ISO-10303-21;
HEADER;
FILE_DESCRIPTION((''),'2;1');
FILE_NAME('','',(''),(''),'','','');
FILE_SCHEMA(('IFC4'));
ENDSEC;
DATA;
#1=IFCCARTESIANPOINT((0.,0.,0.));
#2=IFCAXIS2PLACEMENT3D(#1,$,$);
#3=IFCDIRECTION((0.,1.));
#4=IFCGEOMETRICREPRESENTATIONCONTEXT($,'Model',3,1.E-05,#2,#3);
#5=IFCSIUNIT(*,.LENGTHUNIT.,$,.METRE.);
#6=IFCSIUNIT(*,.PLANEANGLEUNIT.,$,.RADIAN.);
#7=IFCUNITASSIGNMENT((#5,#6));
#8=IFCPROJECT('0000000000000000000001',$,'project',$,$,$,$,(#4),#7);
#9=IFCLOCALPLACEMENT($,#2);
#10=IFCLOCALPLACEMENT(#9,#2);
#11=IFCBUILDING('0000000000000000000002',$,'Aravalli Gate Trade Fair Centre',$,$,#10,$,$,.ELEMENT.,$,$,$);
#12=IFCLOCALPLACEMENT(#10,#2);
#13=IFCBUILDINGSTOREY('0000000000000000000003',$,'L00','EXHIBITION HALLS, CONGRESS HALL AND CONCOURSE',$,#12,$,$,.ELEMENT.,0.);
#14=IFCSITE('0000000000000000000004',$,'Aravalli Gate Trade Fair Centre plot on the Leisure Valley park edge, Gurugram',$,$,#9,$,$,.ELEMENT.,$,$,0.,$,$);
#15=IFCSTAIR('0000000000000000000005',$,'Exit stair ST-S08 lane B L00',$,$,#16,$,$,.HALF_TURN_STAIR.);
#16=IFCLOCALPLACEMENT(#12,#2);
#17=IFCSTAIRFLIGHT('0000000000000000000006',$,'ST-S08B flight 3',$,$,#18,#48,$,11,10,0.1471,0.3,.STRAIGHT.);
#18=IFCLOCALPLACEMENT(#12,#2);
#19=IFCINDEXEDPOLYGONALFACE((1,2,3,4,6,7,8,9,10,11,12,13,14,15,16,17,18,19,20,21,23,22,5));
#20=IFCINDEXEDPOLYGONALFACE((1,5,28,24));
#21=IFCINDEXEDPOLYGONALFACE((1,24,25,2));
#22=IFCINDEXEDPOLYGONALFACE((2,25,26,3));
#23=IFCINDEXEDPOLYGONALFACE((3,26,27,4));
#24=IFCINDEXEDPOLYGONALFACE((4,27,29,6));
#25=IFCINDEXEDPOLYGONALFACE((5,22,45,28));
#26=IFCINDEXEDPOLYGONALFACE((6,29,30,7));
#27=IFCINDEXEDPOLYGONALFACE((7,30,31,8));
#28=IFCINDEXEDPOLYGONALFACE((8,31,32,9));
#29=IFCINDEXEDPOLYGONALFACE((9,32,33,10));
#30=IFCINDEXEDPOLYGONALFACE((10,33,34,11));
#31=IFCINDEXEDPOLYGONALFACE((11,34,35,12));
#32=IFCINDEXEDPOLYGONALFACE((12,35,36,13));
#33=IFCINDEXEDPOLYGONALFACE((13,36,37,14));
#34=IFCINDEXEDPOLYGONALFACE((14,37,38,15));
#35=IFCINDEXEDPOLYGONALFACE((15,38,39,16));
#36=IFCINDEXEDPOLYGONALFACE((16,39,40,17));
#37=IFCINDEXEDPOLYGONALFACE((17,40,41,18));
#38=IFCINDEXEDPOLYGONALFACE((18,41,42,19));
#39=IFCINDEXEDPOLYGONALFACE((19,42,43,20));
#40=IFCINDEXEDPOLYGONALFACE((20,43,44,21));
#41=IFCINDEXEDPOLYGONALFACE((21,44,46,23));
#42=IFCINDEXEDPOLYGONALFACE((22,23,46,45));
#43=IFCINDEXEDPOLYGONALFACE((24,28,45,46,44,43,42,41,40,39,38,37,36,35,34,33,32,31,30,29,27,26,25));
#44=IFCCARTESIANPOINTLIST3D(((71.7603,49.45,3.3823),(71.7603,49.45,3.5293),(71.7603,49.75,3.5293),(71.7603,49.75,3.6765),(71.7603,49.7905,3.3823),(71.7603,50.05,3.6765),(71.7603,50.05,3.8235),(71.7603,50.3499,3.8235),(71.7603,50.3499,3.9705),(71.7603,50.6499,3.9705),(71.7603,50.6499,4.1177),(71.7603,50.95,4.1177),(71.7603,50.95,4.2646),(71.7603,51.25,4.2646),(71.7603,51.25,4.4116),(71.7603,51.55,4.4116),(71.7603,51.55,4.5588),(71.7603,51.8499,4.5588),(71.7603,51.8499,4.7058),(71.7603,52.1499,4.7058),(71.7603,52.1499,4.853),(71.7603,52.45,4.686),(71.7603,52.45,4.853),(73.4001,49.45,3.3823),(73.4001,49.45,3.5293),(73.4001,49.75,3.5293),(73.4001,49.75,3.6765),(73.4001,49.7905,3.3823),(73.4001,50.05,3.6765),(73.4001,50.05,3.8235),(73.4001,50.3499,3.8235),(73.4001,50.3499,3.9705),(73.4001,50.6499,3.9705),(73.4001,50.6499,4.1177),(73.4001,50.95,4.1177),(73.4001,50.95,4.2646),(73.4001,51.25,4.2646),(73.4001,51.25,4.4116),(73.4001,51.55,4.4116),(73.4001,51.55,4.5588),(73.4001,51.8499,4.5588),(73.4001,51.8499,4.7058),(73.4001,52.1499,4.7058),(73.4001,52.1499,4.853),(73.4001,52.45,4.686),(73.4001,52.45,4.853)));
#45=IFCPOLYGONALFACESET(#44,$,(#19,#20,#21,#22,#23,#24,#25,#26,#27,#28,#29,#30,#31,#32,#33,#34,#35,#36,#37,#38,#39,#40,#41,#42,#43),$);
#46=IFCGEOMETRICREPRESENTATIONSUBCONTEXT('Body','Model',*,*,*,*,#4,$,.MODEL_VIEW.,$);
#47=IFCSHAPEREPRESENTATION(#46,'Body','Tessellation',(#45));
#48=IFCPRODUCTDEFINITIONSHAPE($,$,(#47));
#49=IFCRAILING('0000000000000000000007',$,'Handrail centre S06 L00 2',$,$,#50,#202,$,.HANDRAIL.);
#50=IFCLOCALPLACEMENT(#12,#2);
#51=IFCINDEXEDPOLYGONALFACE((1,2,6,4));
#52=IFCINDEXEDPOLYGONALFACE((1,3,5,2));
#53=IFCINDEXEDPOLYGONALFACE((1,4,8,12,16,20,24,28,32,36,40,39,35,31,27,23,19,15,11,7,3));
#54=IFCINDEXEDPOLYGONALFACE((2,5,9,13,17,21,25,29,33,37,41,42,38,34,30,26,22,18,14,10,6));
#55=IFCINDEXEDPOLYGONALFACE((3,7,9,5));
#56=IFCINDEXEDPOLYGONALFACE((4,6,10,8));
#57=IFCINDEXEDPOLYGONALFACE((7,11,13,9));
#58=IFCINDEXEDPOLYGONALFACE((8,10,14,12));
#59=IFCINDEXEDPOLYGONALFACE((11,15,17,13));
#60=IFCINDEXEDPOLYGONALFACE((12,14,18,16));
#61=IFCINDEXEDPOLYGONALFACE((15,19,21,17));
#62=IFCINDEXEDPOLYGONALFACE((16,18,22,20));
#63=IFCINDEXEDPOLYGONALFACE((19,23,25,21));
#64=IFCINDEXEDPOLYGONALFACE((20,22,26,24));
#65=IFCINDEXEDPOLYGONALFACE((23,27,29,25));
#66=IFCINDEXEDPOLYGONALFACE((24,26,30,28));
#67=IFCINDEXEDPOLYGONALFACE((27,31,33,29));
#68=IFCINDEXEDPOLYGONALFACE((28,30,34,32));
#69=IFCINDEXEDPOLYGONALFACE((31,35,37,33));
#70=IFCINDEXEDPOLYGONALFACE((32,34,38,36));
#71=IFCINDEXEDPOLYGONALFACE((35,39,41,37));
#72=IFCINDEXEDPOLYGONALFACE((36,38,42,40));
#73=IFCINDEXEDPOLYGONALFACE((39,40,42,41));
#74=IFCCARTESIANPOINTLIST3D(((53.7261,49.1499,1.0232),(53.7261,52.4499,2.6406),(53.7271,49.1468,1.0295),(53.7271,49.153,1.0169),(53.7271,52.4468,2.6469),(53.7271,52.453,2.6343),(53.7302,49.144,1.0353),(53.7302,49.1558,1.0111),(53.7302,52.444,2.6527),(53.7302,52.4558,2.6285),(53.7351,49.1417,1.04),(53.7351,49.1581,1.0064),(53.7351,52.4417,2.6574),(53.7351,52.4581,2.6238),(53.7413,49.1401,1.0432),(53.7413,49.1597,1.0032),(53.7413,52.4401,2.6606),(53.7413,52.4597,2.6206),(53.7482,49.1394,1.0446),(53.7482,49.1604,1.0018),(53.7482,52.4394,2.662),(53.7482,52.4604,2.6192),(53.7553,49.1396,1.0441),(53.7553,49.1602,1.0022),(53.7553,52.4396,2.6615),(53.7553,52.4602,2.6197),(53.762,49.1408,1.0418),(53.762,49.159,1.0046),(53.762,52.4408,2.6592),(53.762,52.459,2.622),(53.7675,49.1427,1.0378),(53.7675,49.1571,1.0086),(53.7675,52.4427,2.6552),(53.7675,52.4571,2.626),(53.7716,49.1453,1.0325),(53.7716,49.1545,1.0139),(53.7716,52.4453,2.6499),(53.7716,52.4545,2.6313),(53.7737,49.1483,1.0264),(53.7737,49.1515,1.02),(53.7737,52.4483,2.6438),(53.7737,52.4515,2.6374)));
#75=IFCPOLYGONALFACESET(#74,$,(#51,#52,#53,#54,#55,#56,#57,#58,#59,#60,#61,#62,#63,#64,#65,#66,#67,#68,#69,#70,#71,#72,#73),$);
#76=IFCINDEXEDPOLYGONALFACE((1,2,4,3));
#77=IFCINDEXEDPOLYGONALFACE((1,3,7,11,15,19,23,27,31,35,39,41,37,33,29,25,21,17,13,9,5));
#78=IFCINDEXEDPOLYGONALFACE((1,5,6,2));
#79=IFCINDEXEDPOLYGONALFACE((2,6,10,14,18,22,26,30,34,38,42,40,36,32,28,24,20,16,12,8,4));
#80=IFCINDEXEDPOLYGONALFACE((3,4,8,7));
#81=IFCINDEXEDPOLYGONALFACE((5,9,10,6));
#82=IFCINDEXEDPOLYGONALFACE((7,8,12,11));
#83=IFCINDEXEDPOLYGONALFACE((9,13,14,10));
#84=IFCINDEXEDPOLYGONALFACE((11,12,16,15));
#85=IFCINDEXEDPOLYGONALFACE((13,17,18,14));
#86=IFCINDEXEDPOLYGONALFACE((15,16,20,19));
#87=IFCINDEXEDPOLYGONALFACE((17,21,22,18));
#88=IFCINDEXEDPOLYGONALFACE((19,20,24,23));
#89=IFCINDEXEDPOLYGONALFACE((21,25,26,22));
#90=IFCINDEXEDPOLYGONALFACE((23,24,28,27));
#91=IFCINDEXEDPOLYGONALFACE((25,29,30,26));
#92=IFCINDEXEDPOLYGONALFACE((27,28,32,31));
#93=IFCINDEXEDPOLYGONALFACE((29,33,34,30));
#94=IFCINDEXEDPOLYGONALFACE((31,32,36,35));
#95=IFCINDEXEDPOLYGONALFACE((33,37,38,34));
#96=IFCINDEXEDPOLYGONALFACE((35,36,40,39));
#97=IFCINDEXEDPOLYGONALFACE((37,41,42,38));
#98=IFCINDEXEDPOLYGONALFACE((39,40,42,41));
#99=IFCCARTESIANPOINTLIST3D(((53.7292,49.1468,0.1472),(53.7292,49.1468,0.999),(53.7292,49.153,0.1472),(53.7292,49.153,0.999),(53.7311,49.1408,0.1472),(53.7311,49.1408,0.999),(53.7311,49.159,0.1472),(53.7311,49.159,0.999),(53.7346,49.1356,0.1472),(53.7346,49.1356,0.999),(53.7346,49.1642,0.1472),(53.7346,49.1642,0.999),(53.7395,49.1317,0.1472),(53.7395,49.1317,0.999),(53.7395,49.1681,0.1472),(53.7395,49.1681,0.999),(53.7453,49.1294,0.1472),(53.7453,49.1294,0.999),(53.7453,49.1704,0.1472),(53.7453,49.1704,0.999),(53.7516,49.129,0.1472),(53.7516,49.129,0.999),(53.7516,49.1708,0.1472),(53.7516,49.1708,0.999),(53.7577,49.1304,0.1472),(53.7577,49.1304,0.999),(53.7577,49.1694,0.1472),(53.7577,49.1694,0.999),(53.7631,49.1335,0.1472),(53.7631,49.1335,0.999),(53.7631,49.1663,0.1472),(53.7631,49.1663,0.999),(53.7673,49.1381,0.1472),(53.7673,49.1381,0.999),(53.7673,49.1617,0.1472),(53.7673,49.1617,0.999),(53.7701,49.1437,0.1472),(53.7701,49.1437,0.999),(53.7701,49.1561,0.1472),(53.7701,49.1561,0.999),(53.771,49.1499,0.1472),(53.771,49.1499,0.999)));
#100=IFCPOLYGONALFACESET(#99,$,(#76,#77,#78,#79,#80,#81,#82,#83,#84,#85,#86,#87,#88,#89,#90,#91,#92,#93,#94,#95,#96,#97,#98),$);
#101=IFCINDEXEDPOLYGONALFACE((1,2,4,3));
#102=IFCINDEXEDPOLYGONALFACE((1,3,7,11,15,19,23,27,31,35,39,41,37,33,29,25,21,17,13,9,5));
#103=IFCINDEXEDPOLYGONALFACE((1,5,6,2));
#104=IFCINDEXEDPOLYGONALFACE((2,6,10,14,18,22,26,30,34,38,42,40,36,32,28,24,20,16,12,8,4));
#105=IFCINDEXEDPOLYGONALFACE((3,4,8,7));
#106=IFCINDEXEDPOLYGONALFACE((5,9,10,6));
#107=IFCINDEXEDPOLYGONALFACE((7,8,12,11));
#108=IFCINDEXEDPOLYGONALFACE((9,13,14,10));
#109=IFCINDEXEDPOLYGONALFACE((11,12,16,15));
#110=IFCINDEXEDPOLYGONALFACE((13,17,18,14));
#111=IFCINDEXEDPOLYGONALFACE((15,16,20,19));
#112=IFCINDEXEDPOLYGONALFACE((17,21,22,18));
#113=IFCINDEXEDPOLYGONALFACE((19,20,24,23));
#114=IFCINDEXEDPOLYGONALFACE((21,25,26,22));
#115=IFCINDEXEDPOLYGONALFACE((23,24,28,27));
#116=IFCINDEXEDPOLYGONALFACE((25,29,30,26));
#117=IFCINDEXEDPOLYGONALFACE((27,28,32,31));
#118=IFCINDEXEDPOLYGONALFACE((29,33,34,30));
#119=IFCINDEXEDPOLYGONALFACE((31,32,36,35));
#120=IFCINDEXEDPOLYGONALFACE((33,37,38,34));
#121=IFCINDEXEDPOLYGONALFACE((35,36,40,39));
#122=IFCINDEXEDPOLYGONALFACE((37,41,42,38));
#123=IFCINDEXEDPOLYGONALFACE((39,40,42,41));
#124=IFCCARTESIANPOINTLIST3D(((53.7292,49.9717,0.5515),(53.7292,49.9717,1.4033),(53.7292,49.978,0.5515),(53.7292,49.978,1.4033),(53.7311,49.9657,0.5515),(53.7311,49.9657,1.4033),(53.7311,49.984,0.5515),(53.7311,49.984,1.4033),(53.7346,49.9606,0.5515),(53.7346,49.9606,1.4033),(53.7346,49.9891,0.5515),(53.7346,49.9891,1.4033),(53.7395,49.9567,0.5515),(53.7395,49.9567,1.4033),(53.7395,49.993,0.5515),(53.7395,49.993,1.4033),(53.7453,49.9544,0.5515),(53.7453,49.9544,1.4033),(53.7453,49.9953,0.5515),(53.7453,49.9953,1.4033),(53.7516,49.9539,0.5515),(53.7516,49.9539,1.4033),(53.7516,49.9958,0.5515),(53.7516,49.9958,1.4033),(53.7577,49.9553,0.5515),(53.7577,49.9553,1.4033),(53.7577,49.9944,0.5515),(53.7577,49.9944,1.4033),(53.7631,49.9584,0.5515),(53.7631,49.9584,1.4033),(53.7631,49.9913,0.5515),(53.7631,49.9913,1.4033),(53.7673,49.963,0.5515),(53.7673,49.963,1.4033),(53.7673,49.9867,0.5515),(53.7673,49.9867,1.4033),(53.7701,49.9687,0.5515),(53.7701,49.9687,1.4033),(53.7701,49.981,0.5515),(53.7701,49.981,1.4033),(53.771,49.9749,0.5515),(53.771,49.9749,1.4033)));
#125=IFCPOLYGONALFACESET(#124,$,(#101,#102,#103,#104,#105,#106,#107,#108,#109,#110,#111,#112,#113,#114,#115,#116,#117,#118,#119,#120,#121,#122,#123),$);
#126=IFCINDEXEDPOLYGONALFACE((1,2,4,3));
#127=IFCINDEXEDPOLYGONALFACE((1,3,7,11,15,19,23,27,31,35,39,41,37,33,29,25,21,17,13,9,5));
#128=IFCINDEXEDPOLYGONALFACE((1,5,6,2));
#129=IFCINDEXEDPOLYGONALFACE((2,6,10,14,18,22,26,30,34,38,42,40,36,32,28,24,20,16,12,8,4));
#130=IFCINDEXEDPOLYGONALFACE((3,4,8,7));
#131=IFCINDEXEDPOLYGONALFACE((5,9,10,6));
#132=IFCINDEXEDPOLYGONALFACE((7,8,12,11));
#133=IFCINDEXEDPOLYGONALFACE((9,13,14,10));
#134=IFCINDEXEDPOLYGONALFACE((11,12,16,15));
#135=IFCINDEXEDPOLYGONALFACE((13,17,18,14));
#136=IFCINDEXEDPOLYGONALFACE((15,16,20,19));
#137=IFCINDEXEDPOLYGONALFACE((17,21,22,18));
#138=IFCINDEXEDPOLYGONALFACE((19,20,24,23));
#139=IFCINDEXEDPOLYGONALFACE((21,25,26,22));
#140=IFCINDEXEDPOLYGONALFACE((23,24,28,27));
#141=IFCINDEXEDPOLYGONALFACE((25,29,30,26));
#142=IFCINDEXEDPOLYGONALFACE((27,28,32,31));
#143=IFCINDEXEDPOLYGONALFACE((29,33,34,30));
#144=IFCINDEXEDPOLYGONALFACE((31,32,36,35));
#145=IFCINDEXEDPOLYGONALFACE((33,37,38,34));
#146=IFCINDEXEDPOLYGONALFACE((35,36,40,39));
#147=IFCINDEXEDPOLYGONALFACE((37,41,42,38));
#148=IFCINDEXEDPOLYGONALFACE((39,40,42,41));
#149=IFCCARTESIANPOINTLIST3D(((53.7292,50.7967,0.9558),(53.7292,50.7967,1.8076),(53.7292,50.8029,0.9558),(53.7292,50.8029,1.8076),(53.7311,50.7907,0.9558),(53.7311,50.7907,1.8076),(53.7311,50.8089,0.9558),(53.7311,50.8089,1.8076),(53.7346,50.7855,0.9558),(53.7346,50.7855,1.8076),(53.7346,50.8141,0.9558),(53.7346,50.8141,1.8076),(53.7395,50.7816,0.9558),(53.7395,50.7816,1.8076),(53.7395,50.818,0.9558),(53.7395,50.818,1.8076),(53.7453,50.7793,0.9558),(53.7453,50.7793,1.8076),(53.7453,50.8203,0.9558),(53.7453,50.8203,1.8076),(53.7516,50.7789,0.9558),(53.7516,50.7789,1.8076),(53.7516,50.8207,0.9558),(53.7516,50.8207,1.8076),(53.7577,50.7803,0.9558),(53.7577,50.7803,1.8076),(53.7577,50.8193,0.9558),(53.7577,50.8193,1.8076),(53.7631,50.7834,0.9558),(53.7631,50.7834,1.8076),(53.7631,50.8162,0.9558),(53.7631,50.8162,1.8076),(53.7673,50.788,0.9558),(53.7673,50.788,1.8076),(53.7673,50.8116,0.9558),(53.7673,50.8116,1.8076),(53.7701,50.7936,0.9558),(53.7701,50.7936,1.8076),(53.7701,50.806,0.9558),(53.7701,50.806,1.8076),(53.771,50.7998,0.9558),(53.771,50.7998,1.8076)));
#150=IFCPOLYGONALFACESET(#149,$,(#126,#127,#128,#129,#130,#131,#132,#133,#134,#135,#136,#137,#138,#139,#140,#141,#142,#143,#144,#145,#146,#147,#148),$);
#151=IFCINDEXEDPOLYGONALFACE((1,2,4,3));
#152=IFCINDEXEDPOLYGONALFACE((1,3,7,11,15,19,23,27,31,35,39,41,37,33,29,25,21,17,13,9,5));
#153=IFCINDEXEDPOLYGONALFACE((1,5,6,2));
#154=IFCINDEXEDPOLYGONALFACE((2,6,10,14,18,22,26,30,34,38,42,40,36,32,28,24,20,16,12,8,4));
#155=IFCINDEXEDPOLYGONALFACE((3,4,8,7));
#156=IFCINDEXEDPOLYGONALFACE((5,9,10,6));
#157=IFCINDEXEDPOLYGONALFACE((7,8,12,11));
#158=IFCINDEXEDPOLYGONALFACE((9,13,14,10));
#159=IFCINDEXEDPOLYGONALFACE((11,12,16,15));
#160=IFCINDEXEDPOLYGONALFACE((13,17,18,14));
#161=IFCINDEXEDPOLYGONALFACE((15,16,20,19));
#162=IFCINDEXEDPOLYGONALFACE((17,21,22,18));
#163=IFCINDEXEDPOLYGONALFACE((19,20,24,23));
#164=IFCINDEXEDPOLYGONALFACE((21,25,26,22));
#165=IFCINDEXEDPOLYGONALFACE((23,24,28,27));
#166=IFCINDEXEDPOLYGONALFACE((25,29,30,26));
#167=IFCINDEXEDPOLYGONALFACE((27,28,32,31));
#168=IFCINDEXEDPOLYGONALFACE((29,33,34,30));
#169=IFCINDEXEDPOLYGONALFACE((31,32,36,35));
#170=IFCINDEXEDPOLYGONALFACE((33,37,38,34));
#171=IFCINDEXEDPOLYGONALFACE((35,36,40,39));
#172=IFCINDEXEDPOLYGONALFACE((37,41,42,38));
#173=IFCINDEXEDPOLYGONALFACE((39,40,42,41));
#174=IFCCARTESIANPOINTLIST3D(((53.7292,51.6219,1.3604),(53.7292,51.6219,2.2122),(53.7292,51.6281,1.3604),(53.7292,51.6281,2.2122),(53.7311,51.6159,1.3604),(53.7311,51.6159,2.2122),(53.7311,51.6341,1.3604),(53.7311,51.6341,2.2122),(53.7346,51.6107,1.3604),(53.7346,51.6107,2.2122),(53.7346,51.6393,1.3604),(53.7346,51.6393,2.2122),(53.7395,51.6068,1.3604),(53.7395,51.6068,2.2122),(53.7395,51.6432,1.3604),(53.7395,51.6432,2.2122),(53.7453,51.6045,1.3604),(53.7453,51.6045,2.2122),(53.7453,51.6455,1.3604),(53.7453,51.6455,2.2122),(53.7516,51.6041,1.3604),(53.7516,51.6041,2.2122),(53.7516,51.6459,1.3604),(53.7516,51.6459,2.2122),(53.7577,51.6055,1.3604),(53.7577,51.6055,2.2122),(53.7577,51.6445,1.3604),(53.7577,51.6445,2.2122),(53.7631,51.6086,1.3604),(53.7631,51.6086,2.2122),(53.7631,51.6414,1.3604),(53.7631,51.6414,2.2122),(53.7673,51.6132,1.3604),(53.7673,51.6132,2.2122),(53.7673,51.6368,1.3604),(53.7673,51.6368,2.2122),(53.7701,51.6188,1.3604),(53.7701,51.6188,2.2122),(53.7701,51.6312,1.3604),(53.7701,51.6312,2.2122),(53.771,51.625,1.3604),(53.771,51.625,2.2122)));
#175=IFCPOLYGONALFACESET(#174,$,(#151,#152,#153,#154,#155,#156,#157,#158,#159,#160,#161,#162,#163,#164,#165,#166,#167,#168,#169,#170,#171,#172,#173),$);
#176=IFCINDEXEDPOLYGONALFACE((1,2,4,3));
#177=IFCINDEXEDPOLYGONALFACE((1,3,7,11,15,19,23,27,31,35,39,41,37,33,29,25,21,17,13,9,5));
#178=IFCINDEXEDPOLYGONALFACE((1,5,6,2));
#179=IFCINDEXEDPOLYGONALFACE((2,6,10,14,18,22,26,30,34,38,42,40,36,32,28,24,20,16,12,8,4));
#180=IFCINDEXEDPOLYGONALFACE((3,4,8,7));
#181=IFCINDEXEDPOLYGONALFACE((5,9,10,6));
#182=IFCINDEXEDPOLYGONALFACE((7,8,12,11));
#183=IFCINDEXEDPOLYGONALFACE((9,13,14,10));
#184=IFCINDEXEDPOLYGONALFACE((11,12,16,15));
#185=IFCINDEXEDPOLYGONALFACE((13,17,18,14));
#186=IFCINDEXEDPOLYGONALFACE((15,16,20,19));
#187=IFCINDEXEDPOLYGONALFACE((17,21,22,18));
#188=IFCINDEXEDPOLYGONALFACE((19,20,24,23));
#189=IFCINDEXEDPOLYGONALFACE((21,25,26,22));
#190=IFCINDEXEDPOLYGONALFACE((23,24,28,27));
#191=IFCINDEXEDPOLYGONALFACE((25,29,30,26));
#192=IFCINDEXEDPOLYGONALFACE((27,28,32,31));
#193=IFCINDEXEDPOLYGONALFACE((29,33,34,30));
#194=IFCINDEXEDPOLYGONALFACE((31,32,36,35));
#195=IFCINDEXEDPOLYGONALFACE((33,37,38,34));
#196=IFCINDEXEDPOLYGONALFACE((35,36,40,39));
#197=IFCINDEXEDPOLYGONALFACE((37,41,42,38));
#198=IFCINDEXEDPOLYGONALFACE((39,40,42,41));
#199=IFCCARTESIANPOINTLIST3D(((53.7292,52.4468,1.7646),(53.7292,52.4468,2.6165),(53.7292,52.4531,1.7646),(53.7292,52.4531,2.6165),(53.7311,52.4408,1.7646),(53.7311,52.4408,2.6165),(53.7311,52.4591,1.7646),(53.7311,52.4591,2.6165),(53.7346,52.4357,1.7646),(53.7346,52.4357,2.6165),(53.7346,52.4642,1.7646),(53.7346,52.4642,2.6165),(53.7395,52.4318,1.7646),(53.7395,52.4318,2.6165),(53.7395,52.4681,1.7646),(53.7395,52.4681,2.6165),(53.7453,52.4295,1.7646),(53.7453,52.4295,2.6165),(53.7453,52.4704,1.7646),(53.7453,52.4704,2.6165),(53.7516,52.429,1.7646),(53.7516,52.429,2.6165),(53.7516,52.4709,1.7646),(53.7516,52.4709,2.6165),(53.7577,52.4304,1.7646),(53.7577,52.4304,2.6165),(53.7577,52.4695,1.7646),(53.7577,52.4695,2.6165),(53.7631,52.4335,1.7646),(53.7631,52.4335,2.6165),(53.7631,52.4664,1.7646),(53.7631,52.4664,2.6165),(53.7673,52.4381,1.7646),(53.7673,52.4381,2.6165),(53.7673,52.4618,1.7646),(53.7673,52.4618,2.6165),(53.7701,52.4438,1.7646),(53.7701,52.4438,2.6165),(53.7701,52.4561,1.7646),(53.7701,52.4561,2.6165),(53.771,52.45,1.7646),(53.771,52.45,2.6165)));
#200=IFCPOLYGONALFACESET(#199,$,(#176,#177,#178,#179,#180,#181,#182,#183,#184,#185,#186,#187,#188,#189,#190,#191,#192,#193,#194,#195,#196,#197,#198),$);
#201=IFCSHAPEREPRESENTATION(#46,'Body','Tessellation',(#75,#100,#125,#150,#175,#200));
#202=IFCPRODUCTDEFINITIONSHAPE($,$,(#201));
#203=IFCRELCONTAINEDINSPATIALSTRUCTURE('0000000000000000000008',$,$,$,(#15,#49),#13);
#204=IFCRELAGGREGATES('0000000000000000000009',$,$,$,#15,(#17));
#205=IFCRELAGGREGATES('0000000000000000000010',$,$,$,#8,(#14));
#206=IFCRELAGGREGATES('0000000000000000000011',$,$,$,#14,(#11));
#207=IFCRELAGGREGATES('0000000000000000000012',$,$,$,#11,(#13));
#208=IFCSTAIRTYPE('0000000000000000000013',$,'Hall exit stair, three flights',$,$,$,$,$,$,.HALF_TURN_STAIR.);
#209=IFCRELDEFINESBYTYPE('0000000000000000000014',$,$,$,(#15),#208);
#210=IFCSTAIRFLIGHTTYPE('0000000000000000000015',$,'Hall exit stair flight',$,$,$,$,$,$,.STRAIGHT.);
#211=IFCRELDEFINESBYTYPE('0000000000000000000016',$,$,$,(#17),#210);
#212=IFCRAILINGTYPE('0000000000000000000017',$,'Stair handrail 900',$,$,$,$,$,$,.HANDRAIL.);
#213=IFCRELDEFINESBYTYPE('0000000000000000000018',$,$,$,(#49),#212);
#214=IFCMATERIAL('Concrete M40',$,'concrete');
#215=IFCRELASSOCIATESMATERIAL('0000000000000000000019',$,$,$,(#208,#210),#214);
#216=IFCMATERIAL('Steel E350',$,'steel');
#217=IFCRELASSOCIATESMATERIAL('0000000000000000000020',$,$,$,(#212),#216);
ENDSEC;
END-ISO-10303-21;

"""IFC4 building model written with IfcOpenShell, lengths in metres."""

from ifc_helpers import new_model, si_unit, direction, frame, origin, origin_2d, place, context, subcontext, project, spatial, polyline, circle, outline, extrude, material, type_object, element, aggregate, save


model = new_model("IFC4")

# Units and contexts
model_context = context("Model", 3, precision=1e-05, world=origin(), true_north=direction((0.0, 1.0)))
body_context = subcontext(model_context, "Body", "Model", "MODEL_VIEW")
ifc_project = project(units=[si_unit("LENGTHUNIT", "METRE"), si_unit("PLANEANGLEUNIT", "RADIAN")], contexts=[model_context])

# Site, building, storey
site_placement = place(None, origin())
site = spatial("IfcSite", under=ifc_project, at=site_placement, Name="Aravalli Gate Trade Fair Centre plot on the Leisure Valley park edge, Gurugram", CompositionType="ELEMENT", RefElevation=0.0)
building_placement = place(site_placement, origin())
building = spatial("IfcBuilding", under=site, at=building_placement, Name="Aravalli Gate Trade Fair Centre", CompositionType="ELEMENT")
storey_placement = place(building_placement, origin())
storey = spatial("IfcBuildingStorey", under=building, at=storey_placement, Name="L00", Description="EXHIBITION HALLS, CONGRESS HALL AND CONCOURSE", CompositionType="ELEMENT", Elevation=0.0)

# Stair, stair flight
ifc_material_1 = material(Name="Concrete M40", Category="concrete")
stair_type = type_object("IfcStairType", Name="Hall exit stair, three flights", PredefinedType="HALF_TURN_STAIR", material=ifc_material_1)
stair_flight_type = type_object("IfcStairFlightType", Name="Hall exit stair flight", PredefinedType="STRAIGHT", material=ifc_material_1)
stair_1_placement = place(storey_placement, origin())
stair_1 = element("IfcStair", 1, at=stair_1_placement, inside=storey, type_object=stair_type, Name="Exit stair ST-S08 lane B L00", PredefinedType="HALF_TURN_STAIR")
stair_flight_1_placement = place(storey_placement, frame((72.5801, 49.45, 3.3823), z_axis=(0.0, 0.0, 1.0), x_axis=(0.0, 1.0, 0.0)))
stair_flight_1 = element("IfcStairFlight", 2, at=stair_flight_1_placement, type_object=stair_flight_type, Name="ST-S08B flight 3", NumberOfRisers=11, NumberOfTreads=10, PredefinedType="STRAIGHT", RiserHeight=0.1471, TreadLength=0.3, context=body_context, shape_type="SweptSolid", body=[
    extrude(outline(polyline([(0.0, 0.0), (0.0, 0.147), (0.3, 0.147), (0.3, 0.2942), (0.6001, 0.2942), (0.6001, 0.4412), (0.8999, 0.4412), (0.8999, 0.5881), (1.2, 0.5881), (1.2, 0.7354), (1.5, 0.7354), (1.5, 0.8823), (1.8, 0.8823), (1.8, 1.0293), (2.1001, 1.0293), (2.1001, 1.1765), (2.3999, 1.1765), (2.3999, 1.3235), (2.7, 1.3235), (2.7, 1.4707), (3.0, 1.4707), (3.0, 1.6177), (3.0, 1.3037), (0.3406, 0.0), (0.0, 0.0)])), frame((0.0, 0.8198, 0.0), z_axis=(0.0, -1.0, 0.0), x_axis=(1.0, 0.0, 0.0)), (0.0, 0.0, 1.0), 1.6399),
])
aggregate(stair_1, [stair_flight_1])

# Railing
ifc_material_2 = material(Name="Steel E350", Category="steel")
railing_type = type_object("IfcRailingType", Name="Stair handrail 900", PredefinedType="HANDRAIL", material=ifc_material_2)
railing_placement = place(storey_placement, frame((53.75, 49.1499, 0.1472)))
element("IfcRailing", 3, at=railing_placement, inside=storey, type_object=railing_type, Name="Handrail centre S06 L00 2", PredefinedType="HANDRAIL", context=body_context, shape_type="SweptSolid", body=[
    extrude(circle(Radius=0.0239, at=origin_2d()), frame((0.0, 0.0, 0.876), z_axis=(0.0, 0.897946, 0.440105), x_axis=(-1.0, 0.0, 0.0)), (0.0, 0.0, 1.0), 3.675),
    extrude(circle(Radius=0.021, at=origin_2d()), origin(), (0.0, 0.0, 1.0), 0.8518),
    extrude(circle(Radius=0.021, at=origin_2d()), frame((0.0, 0.825, 0.4043)), (0.0, 0.0, 1.0), 0.8518),
    extrude(circle(Radius=0.021, at=origin_2d()), frame((0.0, 1.6499, 0.8086)), (0.0, 0.0, 1.0), 0.8518),
    extrude(circle(Radius=0.021, at=origin_2d()), frame((0.0, 2.4751, 1.2131)), (0.0, 0.0, 1.0), 0.8518),
    extrude(circle(Radius=0.021, at=origin_2d()), frame((0.0, 3.3, 1.6174)), (0.0, 0.0, 1.0), 0.8518),
])

save(model, "model.ifc")
